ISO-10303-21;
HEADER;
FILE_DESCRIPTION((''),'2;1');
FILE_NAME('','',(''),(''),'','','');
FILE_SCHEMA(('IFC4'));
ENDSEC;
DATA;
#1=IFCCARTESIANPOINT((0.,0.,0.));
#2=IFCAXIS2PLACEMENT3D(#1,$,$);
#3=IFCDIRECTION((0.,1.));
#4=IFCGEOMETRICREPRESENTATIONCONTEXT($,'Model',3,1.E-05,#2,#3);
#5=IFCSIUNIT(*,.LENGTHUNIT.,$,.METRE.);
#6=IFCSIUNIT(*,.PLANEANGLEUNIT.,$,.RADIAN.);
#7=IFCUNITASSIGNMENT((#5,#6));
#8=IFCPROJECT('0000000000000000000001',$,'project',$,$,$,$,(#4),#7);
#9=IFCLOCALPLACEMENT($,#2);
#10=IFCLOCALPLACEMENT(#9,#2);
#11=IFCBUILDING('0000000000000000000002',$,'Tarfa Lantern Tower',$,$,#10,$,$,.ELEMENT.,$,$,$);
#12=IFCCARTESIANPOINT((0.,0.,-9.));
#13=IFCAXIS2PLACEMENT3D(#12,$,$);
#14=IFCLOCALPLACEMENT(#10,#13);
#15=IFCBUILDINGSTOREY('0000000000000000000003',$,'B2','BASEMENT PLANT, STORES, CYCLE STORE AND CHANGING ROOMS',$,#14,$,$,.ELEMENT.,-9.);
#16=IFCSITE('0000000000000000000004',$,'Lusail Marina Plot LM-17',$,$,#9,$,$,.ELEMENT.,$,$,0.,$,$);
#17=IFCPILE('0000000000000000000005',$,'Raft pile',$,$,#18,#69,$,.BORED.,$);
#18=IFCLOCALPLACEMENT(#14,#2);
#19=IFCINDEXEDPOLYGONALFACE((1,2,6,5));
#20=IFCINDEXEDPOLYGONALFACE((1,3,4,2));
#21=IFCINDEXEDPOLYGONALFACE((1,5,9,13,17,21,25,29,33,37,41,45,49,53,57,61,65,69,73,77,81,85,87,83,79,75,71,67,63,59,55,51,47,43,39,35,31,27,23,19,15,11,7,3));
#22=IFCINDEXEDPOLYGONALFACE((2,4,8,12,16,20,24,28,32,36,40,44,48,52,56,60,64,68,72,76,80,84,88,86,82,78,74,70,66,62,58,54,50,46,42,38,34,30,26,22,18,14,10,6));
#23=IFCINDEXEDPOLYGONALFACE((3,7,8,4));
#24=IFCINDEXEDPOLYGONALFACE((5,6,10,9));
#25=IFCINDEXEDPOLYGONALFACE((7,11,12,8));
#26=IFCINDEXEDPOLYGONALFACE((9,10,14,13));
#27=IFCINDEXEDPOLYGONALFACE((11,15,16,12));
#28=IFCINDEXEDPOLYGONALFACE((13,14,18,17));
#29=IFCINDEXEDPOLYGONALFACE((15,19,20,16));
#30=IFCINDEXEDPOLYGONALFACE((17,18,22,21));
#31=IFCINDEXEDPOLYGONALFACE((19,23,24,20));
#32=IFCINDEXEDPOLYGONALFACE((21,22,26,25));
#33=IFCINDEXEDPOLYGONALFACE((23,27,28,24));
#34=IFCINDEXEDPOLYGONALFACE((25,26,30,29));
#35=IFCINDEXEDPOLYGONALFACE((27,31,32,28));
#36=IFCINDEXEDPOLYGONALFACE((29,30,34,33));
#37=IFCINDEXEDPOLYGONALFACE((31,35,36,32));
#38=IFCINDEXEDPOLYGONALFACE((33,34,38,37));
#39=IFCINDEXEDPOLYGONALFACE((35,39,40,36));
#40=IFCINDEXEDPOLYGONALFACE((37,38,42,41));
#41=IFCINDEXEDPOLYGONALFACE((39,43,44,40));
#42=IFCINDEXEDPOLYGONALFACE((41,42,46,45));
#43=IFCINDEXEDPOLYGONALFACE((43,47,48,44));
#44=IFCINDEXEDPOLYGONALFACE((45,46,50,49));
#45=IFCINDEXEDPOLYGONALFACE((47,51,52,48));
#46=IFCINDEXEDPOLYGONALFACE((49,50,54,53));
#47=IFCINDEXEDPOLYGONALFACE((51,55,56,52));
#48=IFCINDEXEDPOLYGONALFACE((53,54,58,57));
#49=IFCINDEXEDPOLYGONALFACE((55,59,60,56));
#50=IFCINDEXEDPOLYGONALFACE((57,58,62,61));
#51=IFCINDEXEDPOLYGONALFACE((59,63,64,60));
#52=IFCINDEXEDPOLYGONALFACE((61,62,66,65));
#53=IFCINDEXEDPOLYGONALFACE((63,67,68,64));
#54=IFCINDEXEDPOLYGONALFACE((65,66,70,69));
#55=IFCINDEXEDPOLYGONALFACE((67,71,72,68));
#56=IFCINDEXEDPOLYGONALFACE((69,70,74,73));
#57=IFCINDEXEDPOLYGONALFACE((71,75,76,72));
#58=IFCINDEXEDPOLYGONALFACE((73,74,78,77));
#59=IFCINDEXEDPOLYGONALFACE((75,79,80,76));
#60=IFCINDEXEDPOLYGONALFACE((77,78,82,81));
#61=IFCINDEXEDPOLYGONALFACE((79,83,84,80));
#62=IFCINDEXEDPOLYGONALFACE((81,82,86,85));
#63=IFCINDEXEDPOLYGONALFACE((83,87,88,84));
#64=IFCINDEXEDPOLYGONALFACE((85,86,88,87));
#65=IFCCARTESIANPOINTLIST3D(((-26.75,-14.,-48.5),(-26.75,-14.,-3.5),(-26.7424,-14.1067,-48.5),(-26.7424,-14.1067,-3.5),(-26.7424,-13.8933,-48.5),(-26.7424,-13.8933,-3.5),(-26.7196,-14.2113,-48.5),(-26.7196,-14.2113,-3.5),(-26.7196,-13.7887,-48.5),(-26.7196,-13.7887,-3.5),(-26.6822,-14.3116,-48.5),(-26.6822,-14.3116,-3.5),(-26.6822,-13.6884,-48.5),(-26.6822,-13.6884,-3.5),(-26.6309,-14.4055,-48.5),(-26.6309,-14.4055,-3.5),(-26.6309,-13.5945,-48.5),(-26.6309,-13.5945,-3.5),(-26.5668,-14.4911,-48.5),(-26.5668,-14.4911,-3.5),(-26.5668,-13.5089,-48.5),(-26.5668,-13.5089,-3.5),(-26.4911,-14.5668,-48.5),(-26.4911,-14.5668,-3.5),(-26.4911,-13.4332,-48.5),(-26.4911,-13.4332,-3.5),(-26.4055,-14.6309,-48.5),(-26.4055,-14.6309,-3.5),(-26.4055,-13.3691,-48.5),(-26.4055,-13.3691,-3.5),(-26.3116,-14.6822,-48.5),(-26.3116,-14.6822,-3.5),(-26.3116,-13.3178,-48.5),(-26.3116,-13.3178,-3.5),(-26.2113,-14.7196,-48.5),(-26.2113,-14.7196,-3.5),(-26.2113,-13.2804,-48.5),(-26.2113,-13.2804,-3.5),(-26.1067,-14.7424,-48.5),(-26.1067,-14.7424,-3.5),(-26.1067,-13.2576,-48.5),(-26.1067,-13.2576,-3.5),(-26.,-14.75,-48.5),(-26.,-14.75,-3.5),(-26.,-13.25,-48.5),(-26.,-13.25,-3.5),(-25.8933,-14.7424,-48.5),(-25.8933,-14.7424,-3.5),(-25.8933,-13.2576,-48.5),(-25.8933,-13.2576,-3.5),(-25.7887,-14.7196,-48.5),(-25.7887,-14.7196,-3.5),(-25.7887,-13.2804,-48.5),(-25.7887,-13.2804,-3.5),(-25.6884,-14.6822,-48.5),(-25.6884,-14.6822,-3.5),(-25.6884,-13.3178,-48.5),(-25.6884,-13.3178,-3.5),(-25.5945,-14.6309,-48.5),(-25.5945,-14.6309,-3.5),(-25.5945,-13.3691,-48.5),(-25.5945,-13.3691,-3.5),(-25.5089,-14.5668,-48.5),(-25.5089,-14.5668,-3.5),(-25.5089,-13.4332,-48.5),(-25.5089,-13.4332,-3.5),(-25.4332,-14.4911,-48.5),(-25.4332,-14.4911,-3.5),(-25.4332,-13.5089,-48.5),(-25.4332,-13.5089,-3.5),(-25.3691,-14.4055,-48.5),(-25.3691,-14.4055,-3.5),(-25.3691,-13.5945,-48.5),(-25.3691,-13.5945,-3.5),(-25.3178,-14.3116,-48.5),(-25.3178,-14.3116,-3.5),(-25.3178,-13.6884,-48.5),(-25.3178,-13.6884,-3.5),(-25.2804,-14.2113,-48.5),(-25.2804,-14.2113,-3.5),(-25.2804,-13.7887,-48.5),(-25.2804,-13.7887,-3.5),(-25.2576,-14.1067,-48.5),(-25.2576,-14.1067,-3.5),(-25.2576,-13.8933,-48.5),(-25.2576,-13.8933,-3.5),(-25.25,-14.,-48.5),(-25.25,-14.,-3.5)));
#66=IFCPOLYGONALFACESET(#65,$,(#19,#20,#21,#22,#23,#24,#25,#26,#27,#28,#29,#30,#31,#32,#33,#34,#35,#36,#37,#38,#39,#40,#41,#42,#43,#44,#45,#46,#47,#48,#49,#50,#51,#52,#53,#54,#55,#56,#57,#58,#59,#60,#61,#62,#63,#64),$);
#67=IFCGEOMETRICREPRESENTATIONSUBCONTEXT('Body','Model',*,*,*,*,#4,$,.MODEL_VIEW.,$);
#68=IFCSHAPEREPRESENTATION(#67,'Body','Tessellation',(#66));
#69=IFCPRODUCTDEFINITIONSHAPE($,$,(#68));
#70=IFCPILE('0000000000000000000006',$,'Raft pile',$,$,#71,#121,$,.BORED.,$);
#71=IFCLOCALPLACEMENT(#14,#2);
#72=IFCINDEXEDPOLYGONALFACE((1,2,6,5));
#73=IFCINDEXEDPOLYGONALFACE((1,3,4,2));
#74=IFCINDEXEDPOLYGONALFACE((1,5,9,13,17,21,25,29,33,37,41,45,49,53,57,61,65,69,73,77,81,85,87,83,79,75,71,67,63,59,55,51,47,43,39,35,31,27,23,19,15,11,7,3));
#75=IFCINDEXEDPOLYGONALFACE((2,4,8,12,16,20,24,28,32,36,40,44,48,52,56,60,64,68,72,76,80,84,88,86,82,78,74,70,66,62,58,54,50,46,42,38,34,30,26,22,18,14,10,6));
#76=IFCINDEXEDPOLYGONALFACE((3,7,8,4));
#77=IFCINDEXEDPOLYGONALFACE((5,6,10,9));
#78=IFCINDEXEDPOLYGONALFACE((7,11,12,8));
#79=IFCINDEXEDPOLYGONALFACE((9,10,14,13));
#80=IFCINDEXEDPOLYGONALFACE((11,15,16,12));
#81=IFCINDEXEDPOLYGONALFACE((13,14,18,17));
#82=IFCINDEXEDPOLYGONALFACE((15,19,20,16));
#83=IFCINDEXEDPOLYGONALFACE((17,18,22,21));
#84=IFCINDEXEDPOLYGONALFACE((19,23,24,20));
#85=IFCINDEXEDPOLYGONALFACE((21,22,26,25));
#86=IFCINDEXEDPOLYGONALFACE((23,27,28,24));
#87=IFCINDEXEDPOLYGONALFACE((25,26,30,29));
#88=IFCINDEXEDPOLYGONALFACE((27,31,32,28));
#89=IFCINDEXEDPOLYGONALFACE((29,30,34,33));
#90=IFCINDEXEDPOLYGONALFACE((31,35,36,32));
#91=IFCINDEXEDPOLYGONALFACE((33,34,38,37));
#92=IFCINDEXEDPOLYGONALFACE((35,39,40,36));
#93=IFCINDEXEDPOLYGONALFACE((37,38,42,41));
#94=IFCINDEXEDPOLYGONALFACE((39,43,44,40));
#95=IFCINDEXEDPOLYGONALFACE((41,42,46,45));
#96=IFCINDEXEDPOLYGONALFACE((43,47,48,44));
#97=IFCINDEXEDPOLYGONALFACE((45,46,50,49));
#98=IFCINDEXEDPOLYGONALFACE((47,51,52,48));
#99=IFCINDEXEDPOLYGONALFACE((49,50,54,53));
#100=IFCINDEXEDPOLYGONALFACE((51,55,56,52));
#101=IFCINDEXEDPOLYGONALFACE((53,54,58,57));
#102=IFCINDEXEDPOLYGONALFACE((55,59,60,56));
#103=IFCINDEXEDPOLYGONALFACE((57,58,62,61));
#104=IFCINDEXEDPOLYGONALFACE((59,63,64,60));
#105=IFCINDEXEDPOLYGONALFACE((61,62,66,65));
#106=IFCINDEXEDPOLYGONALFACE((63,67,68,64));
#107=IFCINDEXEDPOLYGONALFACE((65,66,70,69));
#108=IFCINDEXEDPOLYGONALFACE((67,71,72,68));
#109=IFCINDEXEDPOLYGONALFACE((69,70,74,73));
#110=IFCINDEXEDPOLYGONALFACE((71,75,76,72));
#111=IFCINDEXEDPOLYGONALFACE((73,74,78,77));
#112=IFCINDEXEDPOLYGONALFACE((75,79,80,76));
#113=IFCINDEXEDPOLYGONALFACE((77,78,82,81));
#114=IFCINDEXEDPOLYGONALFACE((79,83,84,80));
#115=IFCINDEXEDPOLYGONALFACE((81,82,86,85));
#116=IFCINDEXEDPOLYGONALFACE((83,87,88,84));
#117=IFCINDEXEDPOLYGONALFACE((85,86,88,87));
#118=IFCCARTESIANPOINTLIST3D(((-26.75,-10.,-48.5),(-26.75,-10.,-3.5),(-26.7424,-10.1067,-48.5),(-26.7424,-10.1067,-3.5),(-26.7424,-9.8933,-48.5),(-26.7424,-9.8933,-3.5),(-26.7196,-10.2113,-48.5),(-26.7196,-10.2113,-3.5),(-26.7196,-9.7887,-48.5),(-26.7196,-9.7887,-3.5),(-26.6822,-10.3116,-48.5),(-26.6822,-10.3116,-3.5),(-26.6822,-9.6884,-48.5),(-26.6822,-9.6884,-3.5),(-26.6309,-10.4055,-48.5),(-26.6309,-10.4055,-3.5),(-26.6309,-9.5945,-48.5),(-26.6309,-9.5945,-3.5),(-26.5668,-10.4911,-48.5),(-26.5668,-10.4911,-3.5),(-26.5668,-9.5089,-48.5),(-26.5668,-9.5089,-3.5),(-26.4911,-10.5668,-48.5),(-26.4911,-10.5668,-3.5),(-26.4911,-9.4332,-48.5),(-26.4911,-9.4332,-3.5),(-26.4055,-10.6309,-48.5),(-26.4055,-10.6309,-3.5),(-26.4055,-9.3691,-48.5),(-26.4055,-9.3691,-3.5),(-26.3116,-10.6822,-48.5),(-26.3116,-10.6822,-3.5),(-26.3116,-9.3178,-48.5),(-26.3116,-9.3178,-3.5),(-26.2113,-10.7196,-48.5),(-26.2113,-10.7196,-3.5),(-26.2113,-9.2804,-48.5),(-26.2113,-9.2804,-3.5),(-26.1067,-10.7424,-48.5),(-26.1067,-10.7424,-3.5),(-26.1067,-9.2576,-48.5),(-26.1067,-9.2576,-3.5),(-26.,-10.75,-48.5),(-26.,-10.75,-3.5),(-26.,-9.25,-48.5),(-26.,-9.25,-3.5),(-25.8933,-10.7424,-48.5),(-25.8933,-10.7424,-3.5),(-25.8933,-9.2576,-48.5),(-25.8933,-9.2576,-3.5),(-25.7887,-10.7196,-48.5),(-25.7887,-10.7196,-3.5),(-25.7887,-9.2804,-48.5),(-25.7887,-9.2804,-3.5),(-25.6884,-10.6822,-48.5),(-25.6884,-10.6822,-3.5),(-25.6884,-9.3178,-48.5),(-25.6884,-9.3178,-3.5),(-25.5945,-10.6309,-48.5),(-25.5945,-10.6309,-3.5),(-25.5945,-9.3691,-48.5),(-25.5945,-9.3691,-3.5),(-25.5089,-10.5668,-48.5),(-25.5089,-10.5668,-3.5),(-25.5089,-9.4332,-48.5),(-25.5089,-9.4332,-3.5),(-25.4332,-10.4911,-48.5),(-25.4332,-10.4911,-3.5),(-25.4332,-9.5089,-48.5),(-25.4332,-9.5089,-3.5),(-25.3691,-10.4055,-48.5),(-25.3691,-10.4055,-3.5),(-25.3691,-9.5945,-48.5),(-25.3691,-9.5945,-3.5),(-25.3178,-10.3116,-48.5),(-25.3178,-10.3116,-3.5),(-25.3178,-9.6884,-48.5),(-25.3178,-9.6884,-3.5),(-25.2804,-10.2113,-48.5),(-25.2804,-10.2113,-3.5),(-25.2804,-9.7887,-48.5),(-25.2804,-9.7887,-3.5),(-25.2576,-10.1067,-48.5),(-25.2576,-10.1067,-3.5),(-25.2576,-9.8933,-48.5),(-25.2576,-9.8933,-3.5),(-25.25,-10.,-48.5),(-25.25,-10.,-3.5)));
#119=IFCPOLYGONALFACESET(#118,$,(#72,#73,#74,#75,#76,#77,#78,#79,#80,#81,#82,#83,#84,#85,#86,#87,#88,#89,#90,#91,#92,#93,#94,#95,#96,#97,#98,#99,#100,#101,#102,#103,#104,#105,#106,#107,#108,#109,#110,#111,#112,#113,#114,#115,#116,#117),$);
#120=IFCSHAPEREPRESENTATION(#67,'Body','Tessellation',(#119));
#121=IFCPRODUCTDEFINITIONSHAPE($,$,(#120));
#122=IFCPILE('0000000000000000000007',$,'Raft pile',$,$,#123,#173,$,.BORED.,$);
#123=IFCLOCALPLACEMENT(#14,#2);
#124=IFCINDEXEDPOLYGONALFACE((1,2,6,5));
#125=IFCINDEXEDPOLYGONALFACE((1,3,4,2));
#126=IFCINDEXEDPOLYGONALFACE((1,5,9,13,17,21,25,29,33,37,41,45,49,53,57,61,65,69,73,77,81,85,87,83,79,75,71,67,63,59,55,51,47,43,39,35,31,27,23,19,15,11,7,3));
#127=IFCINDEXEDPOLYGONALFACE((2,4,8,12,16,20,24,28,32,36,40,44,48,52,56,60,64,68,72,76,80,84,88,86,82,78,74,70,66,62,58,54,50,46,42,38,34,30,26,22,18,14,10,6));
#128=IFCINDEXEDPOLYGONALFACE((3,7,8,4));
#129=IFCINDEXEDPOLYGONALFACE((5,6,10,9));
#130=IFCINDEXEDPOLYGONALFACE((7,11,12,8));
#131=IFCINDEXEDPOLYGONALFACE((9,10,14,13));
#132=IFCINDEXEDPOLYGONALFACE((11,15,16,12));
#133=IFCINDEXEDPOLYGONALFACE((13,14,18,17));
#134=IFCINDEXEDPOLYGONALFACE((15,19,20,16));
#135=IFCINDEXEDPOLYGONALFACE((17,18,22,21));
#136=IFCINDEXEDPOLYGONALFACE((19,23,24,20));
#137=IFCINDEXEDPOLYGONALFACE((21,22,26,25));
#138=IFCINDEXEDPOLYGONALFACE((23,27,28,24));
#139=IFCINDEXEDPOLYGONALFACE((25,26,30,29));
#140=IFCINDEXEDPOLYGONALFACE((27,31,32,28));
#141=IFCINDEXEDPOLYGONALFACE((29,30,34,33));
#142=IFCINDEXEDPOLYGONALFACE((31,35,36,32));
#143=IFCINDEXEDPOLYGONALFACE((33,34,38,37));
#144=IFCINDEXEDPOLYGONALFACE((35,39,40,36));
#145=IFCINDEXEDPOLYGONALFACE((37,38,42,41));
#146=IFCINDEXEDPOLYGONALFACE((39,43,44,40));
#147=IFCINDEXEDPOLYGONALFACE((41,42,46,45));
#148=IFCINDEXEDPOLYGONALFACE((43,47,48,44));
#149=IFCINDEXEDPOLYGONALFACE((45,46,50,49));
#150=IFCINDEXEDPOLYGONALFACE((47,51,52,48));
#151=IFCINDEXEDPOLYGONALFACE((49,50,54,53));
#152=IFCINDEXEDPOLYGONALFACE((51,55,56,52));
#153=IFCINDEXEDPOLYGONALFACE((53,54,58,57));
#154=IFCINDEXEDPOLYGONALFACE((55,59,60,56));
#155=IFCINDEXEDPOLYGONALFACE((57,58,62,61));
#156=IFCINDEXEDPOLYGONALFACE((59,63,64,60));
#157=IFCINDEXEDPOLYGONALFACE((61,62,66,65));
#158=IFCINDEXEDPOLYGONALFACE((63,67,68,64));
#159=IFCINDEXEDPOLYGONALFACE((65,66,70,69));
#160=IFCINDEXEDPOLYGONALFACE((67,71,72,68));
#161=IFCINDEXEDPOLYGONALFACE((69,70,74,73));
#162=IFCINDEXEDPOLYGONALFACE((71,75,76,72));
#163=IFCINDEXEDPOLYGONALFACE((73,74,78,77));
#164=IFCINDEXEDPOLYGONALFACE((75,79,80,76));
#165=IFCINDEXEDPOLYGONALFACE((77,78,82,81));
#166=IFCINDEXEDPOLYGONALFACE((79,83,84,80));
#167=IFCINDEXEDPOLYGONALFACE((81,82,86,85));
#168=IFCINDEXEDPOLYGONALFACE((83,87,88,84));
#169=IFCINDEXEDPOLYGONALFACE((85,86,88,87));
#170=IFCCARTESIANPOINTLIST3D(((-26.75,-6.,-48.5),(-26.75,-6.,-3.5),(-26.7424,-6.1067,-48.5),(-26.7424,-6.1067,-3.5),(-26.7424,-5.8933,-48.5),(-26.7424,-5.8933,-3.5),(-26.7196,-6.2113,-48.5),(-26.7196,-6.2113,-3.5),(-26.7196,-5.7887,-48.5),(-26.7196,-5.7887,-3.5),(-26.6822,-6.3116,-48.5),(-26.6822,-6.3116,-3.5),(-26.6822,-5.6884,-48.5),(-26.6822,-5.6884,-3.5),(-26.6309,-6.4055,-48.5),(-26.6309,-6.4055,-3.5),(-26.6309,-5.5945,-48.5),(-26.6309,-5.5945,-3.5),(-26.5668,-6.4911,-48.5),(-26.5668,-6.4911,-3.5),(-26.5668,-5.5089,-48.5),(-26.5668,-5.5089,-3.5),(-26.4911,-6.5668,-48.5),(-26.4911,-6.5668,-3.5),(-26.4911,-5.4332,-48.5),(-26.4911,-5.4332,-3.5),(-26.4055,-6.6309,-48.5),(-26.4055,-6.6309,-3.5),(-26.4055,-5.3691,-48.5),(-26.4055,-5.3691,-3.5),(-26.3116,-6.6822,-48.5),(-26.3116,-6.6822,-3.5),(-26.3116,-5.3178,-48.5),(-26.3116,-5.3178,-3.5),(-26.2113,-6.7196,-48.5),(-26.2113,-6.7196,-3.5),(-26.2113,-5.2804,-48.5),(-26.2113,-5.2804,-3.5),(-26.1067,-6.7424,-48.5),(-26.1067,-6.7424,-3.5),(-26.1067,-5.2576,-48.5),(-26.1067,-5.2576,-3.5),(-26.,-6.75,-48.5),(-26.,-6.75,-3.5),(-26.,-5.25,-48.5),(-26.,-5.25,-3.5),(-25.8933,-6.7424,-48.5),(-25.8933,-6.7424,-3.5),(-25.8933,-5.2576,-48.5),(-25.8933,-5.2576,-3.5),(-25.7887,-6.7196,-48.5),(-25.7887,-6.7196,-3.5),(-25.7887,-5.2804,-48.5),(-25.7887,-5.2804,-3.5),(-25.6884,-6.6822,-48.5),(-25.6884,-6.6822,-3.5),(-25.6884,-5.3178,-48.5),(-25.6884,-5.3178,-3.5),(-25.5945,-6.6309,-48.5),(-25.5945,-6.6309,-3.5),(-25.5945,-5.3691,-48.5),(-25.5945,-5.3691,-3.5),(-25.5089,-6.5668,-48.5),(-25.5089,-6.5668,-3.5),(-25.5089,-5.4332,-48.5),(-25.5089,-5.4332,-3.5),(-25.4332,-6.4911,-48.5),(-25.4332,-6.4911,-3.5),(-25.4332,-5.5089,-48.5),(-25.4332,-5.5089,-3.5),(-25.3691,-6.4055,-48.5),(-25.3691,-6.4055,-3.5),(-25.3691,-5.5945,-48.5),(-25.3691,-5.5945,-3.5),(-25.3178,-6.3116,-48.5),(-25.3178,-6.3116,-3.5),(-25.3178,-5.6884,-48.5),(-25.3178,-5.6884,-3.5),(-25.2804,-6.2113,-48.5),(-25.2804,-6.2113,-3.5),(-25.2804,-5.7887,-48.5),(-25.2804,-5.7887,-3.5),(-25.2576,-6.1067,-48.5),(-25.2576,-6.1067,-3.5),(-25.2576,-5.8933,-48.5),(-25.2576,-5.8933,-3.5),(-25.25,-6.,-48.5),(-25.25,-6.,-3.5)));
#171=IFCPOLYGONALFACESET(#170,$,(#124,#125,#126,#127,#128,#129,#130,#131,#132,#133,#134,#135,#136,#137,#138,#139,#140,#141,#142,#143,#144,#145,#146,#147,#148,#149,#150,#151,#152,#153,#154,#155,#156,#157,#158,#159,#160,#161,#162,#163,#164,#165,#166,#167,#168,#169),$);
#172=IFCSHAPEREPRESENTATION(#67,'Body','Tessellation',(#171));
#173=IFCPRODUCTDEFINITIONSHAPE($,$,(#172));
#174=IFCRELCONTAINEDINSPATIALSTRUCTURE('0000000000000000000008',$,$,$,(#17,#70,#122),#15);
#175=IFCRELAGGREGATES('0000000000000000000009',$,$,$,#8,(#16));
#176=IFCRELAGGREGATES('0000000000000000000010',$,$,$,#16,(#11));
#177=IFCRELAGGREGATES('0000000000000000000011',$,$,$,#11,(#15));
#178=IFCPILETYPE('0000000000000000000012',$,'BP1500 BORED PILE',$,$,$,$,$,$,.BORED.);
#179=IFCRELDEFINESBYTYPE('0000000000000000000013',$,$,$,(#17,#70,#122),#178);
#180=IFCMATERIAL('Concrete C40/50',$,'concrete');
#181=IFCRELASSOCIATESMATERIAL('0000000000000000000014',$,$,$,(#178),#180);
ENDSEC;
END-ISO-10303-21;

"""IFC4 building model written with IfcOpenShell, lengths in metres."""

from ifc_helpers import new_model, si_unit, direction, frame, origin, origin_2d, place, context, subcontext, project, spatial, circle, extrude, material, material_profile, profile_set, type_object, element, save


model = new_model("IFC4")

# Units and contexts
model_context = context("Model", 3, precision=1e-05, world=origin(), true_north=direction((0.0, 1.0)))
body_context = subcontext(model_context, "Body", "Model", "MODEL_VIEW")
ifc_project = project(units=[si_unit("LENGTHUNIT", "METRE"), si_unit("PLANEANGLEUNIT", "RADIAN")], contexts=[model_context])

# Site, building, storey
site_placement = place(None, origin())
site = spatial("IfcSite", under=ifc_project, at=site_placement, Name="Lusail Marina Plot LM-17", CompositionType="ELEMENT", RefElevation=0.0)
building_placement = place(site_placement, origin())
building = spatial("IfcBuilding", under=site, at=building_placement, Name="Tarfa Lantern Tower", CompositionType="ELEMENT")
storey_placement = place(building_placement, frame((0.0, 0.0, -9.0)))
storey = spatial("IfcBuildingStorey", under=building, at=storey_placement, Name="B2", Description="BASEMENT PLANT, STORES, CYCLE STORE AND CHANGING ROOMS", CompositionType="ELEMENT", Elevation=-9.0)

# Piles
ifc_material_1 = material(Name="Concrete C40/50", Category="concrete")
ifc_material_profile_1 = material_profile(ifc_material_1, circle(Radius=0.75, at=origin_2d()), Name="BORED PILE D1500")
ifc_profile_set_1 = profile_set([ifc_material_profile_1], Name="Concrete C40/50")
pile_type = type_object("IfcPileType", Name="BP1500 BORED PILE", PredefinedType="BORED", material=ifc_profile_set_1)
for number, where, z_axis, x_axis, name in (
    (1, (-26.0, -14.0, -3.5), (0.0, 0.0, -1.0), (1.0, 0.0, 0.0), "Raft pile"),
    (2, (-26.0, -10.0, -3.5), (0.0, 0.0, -1.0), (1.0, 0.0, 0.0), "Raft pile"),
    (3, (-26.0, -6.0, -3.5), (0.0, 0.0, -1.0), (1.0, 0.0, 0.0), "Raft pile"),
):
    element("IfcPile", number, at=place(storey_placement, frame(where, z_axis=z_axis, x_axis=x_axis)), inside=storey, type_object=pile_type, Name=name, PredefinedType="BORED", context=body_context, shape_type="SweptSolid", body=[
        extrude(circle(Radius=0.75, at=origin_2d()), origin(), (0.0, 0.0, 1.0), 45.0),
    ])

save(model, "model.ifc")
